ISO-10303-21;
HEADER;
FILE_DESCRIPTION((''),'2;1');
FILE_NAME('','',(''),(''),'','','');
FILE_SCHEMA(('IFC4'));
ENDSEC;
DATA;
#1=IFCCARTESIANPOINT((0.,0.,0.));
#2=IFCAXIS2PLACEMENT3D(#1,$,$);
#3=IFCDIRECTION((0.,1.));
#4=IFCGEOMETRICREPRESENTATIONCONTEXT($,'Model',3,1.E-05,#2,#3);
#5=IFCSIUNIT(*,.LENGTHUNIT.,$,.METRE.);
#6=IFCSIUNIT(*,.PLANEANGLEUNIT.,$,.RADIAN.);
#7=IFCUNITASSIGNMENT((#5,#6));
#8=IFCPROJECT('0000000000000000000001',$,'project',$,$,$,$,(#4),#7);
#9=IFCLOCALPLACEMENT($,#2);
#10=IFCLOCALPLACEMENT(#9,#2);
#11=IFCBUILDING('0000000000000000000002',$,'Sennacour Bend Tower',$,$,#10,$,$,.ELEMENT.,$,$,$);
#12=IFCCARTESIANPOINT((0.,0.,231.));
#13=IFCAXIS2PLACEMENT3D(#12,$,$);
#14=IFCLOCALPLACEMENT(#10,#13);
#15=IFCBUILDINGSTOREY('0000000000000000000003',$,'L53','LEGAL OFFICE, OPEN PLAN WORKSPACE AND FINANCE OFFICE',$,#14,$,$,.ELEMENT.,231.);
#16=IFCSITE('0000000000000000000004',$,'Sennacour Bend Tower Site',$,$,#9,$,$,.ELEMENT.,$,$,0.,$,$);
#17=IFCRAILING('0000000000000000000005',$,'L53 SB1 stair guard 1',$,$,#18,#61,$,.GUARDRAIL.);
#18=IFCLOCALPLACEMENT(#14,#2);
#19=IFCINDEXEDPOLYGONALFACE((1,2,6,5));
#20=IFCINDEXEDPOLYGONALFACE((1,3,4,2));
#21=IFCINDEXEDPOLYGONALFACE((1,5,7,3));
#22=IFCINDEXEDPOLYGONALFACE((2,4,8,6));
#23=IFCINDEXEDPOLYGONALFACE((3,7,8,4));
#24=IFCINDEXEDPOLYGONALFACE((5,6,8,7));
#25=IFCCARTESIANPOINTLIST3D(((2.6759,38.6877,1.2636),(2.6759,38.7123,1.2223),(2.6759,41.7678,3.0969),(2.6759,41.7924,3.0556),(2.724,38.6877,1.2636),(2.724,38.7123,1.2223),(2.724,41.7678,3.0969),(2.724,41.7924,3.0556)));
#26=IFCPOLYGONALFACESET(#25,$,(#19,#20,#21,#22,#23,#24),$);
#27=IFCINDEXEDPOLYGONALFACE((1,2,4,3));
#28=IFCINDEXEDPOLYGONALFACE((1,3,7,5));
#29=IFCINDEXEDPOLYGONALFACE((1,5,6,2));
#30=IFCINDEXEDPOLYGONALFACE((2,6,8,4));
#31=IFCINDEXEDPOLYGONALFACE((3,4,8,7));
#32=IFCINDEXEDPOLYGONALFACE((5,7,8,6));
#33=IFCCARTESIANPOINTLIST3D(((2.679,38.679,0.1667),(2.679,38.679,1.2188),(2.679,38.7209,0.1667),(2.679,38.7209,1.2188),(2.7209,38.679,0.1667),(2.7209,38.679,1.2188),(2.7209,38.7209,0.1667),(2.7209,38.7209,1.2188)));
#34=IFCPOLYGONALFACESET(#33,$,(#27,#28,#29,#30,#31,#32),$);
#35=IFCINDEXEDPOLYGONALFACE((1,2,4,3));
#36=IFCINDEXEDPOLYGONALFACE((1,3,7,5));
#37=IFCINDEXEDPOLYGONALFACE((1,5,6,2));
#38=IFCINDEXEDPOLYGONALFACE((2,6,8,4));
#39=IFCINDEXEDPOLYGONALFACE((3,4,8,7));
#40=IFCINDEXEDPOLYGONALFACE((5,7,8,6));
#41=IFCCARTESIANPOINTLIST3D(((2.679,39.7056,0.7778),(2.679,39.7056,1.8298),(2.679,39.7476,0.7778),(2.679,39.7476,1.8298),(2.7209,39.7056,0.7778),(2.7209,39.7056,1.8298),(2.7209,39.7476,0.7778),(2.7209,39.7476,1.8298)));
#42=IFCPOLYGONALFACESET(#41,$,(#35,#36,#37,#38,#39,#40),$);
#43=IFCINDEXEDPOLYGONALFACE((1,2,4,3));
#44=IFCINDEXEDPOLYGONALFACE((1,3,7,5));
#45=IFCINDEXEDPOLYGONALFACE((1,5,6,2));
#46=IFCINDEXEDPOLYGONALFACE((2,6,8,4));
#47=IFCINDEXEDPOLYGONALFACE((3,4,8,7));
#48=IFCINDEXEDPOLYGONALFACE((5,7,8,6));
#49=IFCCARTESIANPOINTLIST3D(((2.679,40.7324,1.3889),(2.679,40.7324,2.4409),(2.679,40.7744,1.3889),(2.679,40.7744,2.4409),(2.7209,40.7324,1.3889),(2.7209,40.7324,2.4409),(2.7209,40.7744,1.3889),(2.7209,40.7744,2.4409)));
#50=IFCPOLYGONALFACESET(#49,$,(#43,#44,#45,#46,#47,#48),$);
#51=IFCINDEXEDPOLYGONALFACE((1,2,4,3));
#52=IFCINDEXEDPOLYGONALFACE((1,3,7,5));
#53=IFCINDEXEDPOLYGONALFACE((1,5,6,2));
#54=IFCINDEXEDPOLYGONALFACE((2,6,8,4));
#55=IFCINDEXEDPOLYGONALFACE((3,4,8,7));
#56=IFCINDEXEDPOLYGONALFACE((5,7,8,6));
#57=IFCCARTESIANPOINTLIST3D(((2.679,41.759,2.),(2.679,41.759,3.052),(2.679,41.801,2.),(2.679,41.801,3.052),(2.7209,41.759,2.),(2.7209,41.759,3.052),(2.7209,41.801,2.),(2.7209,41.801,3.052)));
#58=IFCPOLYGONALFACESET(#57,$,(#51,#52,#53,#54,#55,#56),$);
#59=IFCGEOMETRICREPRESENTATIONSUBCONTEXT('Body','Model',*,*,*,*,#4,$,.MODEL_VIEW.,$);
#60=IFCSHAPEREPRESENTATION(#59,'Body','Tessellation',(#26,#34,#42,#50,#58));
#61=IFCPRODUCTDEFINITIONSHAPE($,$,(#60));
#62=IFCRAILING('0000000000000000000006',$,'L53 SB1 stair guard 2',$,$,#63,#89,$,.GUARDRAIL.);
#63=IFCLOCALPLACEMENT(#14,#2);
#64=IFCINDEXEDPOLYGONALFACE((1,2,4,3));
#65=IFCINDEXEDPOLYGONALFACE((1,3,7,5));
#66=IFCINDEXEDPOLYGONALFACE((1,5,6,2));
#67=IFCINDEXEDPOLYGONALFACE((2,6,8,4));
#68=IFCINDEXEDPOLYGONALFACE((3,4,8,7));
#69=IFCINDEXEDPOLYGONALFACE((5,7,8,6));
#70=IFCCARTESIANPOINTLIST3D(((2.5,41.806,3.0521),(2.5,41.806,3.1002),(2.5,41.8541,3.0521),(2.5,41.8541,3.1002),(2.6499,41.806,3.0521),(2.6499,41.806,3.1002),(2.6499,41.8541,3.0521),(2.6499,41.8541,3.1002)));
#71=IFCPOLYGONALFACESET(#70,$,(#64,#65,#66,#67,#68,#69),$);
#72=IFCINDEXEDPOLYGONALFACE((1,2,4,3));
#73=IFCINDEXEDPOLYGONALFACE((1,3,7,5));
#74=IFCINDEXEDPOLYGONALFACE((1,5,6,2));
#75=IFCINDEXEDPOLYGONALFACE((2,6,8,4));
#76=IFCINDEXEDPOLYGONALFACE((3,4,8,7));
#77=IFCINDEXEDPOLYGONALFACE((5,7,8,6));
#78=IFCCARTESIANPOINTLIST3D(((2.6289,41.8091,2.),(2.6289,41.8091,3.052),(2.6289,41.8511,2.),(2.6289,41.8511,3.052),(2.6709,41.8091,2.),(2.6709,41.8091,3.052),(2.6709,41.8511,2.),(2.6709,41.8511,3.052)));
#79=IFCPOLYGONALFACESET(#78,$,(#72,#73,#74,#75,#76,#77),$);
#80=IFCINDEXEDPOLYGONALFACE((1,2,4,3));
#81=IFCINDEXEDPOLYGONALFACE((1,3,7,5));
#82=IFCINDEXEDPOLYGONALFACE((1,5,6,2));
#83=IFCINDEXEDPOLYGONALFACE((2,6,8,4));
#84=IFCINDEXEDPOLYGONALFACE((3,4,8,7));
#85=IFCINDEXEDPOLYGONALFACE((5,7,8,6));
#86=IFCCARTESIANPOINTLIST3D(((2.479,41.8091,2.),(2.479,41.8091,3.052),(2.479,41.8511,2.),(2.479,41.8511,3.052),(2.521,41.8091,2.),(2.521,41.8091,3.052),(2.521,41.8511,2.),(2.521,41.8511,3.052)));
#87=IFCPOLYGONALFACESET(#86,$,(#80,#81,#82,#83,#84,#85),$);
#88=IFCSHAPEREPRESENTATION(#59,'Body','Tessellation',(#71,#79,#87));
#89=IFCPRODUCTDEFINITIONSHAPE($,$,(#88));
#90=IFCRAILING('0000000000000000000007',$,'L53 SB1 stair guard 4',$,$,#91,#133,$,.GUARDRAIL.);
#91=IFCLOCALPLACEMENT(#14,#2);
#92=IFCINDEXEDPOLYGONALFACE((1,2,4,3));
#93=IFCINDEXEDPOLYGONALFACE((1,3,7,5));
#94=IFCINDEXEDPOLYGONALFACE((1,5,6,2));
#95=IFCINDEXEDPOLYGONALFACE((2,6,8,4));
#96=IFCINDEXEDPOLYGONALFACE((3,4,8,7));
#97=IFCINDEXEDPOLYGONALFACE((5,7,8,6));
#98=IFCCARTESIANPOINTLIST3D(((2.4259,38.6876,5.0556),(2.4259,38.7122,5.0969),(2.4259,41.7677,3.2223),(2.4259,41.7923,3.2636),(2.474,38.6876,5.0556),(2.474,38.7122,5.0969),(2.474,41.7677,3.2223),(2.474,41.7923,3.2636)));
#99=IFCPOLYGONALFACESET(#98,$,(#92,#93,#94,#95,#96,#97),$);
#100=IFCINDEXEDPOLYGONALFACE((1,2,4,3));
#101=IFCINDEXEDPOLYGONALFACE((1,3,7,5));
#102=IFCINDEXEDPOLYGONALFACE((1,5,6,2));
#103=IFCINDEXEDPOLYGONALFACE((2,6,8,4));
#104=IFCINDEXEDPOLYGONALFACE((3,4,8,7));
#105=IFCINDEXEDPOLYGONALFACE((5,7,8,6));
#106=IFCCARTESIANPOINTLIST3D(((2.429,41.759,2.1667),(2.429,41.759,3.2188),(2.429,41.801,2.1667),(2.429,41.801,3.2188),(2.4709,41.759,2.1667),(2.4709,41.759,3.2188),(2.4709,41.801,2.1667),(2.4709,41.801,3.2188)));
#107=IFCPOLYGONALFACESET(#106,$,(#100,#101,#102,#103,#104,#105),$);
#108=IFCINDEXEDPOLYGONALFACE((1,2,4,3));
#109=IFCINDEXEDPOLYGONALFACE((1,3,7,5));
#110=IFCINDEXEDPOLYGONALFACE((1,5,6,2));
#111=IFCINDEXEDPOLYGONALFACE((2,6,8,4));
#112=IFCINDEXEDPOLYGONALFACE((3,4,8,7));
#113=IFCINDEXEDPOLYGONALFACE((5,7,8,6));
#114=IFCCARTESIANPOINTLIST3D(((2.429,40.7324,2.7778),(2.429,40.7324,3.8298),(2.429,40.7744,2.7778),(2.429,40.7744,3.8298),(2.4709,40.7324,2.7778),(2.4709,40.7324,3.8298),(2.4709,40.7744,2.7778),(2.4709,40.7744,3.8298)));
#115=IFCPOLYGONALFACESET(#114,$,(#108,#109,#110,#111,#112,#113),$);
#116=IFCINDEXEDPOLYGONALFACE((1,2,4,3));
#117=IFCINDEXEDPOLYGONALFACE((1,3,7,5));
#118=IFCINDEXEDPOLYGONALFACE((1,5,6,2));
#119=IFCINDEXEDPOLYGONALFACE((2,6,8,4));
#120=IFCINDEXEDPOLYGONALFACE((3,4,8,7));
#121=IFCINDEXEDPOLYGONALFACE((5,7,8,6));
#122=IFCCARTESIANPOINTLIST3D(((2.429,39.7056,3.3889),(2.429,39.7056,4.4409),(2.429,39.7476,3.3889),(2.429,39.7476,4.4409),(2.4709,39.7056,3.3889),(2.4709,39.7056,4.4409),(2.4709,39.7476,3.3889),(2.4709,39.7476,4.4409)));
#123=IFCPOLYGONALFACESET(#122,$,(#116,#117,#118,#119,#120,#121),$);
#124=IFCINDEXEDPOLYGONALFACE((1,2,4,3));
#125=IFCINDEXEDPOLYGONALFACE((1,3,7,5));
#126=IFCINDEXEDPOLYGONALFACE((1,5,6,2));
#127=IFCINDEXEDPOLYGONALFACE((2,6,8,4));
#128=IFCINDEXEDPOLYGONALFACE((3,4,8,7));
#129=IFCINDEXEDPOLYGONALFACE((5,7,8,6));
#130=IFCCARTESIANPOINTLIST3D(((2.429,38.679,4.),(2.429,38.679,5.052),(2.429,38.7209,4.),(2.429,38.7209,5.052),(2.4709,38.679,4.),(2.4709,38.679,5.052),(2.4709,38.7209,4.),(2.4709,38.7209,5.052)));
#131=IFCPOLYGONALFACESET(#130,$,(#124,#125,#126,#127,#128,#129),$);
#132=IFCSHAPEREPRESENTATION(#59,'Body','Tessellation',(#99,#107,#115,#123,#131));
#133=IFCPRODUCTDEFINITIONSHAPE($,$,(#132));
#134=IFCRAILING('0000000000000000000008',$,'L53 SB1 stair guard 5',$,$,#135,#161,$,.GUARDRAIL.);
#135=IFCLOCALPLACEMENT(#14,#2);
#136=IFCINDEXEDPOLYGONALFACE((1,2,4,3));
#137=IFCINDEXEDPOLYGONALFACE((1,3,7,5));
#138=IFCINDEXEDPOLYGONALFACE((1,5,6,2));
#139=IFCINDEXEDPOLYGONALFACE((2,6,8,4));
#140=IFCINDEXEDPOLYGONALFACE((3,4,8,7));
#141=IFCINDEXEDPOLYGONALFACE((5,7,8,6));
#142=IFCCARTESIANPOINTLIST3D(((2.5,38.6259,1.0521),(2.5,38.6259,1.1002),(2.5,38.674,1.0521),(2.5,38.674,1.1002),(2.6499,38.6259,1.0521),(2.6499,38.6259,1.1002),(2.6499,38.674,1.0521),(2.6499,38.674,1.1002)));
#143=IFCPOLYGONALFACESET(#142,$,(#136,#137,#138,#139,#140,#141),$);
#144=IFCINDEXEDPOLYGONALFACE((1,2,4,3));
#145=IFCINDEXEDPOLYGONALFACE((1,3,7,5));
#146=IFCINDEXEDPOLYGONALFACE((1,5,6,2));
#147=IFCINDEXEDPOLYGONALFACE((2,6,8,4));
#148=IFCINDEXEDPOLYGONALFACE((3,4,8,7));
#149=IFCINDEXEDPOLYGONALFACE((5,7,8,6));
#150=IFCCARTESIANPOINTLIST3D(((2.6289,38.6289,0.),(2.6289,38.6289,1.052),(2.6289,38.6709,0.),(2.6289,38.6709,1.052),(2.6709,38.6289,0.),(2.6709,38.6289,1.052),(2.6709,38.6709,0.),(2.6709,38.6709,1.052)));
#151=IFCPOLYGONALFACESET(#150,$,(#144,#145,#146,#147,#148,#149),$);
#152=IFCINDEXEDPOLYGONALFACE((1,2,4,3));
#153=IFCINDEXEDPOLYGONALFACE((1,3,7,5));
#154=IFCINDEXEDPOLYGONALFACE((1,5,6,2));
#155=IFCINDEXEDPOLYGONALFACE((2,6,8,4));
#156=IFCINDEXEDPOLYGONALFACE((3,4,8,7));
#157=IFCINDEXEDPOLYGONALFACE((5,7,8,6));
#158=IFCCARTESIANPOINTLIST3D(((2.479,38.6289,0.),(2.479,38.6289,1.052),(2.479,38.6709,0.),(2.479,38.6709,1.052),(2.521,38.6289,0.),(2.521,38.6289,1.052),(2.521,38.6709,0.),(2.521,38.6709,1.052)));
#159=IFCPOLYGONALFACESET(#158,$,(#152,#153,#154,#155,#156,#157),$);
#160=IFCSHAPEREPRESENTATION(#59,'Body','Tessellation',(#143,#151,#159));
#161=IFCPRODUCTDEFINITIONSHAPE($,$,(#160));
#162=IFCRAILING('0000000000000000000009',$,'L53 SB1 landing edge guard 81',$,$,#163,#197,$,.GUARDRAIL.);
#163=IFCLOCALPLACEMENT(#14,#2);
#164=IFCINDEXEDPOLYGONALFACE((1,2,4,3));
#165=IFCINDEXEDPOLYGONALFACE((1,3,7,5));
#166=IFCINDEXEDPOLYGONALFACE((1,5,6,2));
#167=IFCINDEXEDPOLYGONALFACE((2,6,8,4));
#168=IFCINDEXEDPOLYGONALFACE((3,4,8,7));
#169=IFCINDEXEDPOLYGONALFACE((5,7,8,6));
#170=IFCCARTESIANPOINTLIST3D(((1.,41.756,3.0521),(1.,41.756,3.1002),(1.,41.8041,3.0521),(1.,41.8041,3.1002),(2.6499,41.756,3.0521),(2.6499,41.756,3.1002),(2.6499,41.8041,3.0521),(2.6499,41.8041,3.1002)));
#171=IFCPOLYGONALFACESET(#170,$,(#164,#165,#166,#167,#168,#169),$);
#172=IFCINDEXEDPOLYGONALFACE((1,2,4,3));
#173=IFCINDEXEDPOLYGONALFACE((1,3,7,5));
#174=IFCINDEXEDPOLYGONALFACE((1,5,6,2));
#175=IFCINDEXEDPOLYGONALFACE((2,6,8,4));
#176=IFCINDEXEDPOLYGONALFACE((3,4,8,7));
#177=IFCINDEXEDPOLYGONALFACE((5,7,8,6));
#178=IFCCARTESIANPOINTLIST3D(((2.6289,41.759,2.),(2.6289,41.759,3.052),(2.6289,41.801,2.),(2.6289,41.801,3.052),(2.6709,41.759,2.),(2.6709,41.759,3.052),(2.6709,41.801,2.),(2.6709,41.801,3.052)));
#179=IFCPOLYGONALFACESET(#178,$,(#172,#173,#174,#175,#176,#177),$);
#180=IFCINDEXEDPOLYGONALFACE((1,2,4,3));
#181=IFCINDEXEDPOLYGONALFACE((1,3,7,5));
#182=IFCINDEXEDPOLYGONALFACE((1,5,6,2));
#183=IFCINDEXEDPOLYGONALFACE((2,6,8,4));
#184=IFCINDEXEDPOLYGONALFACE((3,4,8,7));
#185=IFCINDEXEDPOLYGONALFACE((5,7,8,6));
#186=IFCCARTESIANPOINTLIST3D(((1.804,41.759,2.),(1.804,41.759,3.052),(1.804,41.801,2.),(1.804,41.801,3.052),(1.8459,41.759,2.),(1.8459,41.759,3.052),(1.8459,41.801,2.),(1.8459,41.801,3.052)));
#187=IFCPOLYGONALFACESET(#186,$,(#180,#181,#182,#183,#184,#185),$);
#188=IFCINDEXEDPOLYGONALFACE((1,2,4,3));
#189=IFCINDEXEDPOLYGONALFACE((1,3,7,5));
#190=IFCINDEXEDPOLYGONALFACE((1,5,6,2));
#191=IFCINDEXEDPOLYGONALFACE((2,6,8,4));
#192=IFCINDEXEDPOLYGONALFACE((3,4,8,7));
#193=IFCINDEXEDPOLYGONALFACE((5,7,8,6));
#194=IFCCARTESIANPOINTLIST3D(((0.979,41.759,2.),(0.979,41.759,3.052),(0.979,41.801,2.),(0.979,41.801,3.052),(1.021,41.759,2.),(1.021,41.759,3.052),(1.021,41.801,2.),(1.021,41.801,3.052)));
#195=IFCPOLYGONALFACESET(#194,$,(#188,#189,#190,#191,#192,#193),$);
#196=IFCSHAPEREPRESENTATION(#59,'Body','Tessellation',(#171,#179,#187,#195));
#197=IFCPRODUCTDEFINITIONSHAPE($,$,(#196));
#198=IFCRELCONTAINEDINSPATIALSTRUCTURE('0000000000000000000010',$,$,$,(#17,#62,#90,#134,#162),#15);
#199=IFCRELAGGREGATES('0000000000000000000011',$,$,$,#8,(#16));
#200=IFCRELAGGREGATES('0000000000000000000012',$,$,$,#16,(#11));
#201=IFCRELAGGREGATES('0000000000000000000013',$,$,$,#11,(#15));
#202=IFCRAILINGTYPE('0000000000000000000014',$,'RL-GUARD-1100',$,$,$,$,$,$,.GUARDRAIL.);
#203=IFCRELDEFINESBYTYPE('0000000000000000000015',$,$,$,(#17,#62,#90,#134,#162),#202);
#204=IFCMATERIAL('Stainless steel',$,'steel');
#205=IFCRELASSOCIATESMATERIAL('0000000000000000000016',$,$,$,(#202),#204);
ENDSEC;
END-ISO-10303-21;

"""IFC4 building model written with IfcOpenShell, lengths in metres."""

from ifc_helpers import new_model, si_unit, direction, frame, origin, origin_2d, place, context, subcontext, project, spatial, rectangle, extrude, material, type_object, element, save


model = new_model("IFC4")

# Units and contexts
model_context = context("Model", 3, precision=1e-05, world=origin(), true_north=direction((0.0, 1.0)))
body_context = subcontext(model_context, "Body", "Model", "MODEL_VIEW")
ifc_project = project(units=[si_unit("LENGTHUNIT", "METRE"), si_unit("PLANEANGLEUNIT", "RADIAN")], contexts=[model_context])

# Site, building, storey
site_placement = place(None, origin())
site = spatial("IfcSite", under=ifc_project, at=site_placement, Name="Sennacour Bend Tower Site", CompositionType="ELEMENT", RefElevation=0.0)
building_placement = place(site_placement, origin())
building = spatial("IfcBuilding", under=site, at=building_placement, Name="Sennacour Bend Tower", CompositionType="ELEMENT")
storey_placement = place(building_placement, frame((0.0, 0.0, 231.0)))
storey = spatial("IfcBuildingStorey", under=building, at=storey_placement, Name="L53", Description="LEGAL OFFICE, OPEN PLAN WORKSPACE AND FINANCE OFFICE", CompositionType="ELEMENT", Elevation=231.0)

# Railings
ifc_material_1 = material(Name="Stainless steel", Category="steel")
railing_type_1 = type_object("IfcRailingType", Name="RL-GUARD-1100", PredefinedType="GUARDRAIL", material=ifc_material_1)
railing_1_placement = place(storey_placement, frame((2.7, 38.7, 0.1667)))
element("IfcRailing", 1, at=railing_1_placement, inside=storey, type_object=railing_type_1, Name="L53 SB1 stair guard 1", PredefinedType="GUARDRAIL", context=body_context, shape_type="SweptSolid", body=[
    extrude(rectangle(XDim=0.0481, YDim=0.0481, at=origin_2d()), frame((0.0, 0.0, 1.0762), z_axis=(0.0, 0.859309, 0.511458), x_axis=(-1.0, 0.0, 0.0)), (0.0, 0.0, 1.0), 3.5845),
    extrude(rectangle(XDim=0.042, YDim=0.042, at=origin_2d()), origin(), (0.0, 0.0, 1.0), 1.052),
    extrude(rectangle(XDim=0.042, YDim=0.042, at=origin_2d()), frame((0.0, 1.0266, 0.6111)), (0.0, 0.0, 1.0), 1.052),
    extrude(rectangle(XDim=0.042, YDim=0.042, at=origin_2d()), frame((0.0, 2.0535, 1.2222)), (0.0, 0.0, 1.0), 1.052),
    extrude(rectangle(XDim=0.042, YDim=0.042, at=origin_2d()), frame((0.0, 3.0801, 1.8333)), (0.0, 0.0, 1.0), 1.052),
])
railing_2_placement = place(storey_placement, frame((2.6499, 41.8301, 2.0)))
element("IfcRailing", 2, at=railing_2_placement, inside=storey, type_object=railing_type_1, Name="L53 SB1 stair guard 2", PredefinedType="GUARDRAIL", context=body_context, shape_type="SweptSolid", body=[
    extrude(rectangle(XDim=0.0481, YDim=0.0481, at=origin_2d()), frame((0.0, 0.0, 1.0762), z_axis=(-1.0, 0.0, 0.0), x_axis=(0.0, -1.0, 0.0)), (0.0, 0.0, 1.0), 0.1499),
    extrude(rectangle(XDim=0.042, YDim=0.042, at=origin_2d()), origin(), (0.0, 0.0, 1.0), 1.052),
    extrude(rectangle(XDim=0.042, YDim=0.042, at=origin_2d()), frame((-0.1499, 0.0, 0.0)), (0.0, 0.0, 1.0), 1.052),
])
railing_3_placement = place(storey_placement, frame((2.45, 41.78, 2.1667)))
element("IfcRailing", 3, at=railing_3_placement, inside=storey, type_object=railing_type_1, Name="L53 SB1 stair guard 4", PredefinedType="GUARDRAIL", context=body_context, shape_type="SweptSolid", body=[
    extrude(rectangle(XDim=0.0481, YDim=0.0481, at=origin_2d()), frame((0.0, 0.0, 1.0762), z_axis=(0.0, -0.859309, 0.511458), x_axis=(1.0, 0.0, 0.0)), (0.0, 0.0, 1.0), 3.5845),
    extrude(rectangle(XDim=0.042, YDim=0.042, at=origin_2d()), origin(), (0.0, 0.0, 1.0), 1.052),
    extrude(rectangle(XDim=0.042, YDim=0.042, at=origin_2d()), frame((0.0, -1.0266, 0.6111)), (0.0, 0.0, 1.0), 1.052),
    extrude(rectangle(XDim=0.042, YDim=0.042, at=origin_2d()), frame((0.0, -2.0535, 1.2222)), (0.0, 0.0, 1.0), 1.052),
    extrude(rectangle(XDim=0.042, YDim=0.042, at=origin_2d()), frame((0.0, -3.0801, 1.8333)), (0.0, 0.0, 1.0), 1.052),
])
railing_4_placement = place(storey_placement, frame((2.6499, 38.6499, 0.0)))
element("IfcRailing", 4, at=railing_4_placement, inside=storey, type_object=railing_type_1, Name="L53 SB1 stair guard 5", PredefinedType="GUARDRAIL", context=body_context, shape_type="SweptSolid", body=[
    extrude(rectangle(XDim=0.0481, YDim=0.0481, at=origin_2d()), frame((0.0, 0.0, 1.0762), z_axis=(-1.0, 0.0, 0.0), x_axis=(0.0, -1.0, 0.0)), (0.0, 0.0, 1.0), 0.1499),
    extrude(rectangle(XDim=0.042, YDim=0.042, at=origin_2d()), origin(), (0.0, 0.0, 1.0), 1.052),
    extrude(rectangle(XDim=0.042, YDim=0.042, at=origin_2d()), frame((-0.1499, 0.0, 0.0)), (0.0, 0.0, 1.0), 1.052),
])
railing_5_placement = place(storey_placement, frame((2.6499, 41.78, 2.0)))
element("IfcRailing", 5, at=railing_5_placement, inside=storey, type_object=railing_type_1, Name="L53 SB1 landing edge guard 81", PredefinedType="GUARDRAIL", context=body_context, shape_type="SweptSolid", body=[
    extrude(rectangle(XDim=0.0481, YDim=0.0481, at=origin_2d()), frame((0.0, 0.0, 1.0762), z_axis=(-1.0, 0.0, 0.0), x_axis=(0.0, -1.0, 0.0)), (0.0, 0.0, 1.0), 1.6499),
    extrude(rectangle(XDim=0.042, YDim=0.042, at=origin_2d()), origin(), (0.0, 0.0, 1.0), 1.052),
    extrude(rectangle(XDim=0.042, YDim=0.042, at=origin_2d()), frame((-0.825, 0.0, 0.0)), (0.0, 0.0, 1.0), 1.052),
    extrude(rectangle(XDim=0.042, YDim=0.042, at=origin_2d()), frame((-1.6499, 0.0, 0.0)), (0.0, 0.0, 1.0), 1.052),
])

save(model, "model.ifc")
